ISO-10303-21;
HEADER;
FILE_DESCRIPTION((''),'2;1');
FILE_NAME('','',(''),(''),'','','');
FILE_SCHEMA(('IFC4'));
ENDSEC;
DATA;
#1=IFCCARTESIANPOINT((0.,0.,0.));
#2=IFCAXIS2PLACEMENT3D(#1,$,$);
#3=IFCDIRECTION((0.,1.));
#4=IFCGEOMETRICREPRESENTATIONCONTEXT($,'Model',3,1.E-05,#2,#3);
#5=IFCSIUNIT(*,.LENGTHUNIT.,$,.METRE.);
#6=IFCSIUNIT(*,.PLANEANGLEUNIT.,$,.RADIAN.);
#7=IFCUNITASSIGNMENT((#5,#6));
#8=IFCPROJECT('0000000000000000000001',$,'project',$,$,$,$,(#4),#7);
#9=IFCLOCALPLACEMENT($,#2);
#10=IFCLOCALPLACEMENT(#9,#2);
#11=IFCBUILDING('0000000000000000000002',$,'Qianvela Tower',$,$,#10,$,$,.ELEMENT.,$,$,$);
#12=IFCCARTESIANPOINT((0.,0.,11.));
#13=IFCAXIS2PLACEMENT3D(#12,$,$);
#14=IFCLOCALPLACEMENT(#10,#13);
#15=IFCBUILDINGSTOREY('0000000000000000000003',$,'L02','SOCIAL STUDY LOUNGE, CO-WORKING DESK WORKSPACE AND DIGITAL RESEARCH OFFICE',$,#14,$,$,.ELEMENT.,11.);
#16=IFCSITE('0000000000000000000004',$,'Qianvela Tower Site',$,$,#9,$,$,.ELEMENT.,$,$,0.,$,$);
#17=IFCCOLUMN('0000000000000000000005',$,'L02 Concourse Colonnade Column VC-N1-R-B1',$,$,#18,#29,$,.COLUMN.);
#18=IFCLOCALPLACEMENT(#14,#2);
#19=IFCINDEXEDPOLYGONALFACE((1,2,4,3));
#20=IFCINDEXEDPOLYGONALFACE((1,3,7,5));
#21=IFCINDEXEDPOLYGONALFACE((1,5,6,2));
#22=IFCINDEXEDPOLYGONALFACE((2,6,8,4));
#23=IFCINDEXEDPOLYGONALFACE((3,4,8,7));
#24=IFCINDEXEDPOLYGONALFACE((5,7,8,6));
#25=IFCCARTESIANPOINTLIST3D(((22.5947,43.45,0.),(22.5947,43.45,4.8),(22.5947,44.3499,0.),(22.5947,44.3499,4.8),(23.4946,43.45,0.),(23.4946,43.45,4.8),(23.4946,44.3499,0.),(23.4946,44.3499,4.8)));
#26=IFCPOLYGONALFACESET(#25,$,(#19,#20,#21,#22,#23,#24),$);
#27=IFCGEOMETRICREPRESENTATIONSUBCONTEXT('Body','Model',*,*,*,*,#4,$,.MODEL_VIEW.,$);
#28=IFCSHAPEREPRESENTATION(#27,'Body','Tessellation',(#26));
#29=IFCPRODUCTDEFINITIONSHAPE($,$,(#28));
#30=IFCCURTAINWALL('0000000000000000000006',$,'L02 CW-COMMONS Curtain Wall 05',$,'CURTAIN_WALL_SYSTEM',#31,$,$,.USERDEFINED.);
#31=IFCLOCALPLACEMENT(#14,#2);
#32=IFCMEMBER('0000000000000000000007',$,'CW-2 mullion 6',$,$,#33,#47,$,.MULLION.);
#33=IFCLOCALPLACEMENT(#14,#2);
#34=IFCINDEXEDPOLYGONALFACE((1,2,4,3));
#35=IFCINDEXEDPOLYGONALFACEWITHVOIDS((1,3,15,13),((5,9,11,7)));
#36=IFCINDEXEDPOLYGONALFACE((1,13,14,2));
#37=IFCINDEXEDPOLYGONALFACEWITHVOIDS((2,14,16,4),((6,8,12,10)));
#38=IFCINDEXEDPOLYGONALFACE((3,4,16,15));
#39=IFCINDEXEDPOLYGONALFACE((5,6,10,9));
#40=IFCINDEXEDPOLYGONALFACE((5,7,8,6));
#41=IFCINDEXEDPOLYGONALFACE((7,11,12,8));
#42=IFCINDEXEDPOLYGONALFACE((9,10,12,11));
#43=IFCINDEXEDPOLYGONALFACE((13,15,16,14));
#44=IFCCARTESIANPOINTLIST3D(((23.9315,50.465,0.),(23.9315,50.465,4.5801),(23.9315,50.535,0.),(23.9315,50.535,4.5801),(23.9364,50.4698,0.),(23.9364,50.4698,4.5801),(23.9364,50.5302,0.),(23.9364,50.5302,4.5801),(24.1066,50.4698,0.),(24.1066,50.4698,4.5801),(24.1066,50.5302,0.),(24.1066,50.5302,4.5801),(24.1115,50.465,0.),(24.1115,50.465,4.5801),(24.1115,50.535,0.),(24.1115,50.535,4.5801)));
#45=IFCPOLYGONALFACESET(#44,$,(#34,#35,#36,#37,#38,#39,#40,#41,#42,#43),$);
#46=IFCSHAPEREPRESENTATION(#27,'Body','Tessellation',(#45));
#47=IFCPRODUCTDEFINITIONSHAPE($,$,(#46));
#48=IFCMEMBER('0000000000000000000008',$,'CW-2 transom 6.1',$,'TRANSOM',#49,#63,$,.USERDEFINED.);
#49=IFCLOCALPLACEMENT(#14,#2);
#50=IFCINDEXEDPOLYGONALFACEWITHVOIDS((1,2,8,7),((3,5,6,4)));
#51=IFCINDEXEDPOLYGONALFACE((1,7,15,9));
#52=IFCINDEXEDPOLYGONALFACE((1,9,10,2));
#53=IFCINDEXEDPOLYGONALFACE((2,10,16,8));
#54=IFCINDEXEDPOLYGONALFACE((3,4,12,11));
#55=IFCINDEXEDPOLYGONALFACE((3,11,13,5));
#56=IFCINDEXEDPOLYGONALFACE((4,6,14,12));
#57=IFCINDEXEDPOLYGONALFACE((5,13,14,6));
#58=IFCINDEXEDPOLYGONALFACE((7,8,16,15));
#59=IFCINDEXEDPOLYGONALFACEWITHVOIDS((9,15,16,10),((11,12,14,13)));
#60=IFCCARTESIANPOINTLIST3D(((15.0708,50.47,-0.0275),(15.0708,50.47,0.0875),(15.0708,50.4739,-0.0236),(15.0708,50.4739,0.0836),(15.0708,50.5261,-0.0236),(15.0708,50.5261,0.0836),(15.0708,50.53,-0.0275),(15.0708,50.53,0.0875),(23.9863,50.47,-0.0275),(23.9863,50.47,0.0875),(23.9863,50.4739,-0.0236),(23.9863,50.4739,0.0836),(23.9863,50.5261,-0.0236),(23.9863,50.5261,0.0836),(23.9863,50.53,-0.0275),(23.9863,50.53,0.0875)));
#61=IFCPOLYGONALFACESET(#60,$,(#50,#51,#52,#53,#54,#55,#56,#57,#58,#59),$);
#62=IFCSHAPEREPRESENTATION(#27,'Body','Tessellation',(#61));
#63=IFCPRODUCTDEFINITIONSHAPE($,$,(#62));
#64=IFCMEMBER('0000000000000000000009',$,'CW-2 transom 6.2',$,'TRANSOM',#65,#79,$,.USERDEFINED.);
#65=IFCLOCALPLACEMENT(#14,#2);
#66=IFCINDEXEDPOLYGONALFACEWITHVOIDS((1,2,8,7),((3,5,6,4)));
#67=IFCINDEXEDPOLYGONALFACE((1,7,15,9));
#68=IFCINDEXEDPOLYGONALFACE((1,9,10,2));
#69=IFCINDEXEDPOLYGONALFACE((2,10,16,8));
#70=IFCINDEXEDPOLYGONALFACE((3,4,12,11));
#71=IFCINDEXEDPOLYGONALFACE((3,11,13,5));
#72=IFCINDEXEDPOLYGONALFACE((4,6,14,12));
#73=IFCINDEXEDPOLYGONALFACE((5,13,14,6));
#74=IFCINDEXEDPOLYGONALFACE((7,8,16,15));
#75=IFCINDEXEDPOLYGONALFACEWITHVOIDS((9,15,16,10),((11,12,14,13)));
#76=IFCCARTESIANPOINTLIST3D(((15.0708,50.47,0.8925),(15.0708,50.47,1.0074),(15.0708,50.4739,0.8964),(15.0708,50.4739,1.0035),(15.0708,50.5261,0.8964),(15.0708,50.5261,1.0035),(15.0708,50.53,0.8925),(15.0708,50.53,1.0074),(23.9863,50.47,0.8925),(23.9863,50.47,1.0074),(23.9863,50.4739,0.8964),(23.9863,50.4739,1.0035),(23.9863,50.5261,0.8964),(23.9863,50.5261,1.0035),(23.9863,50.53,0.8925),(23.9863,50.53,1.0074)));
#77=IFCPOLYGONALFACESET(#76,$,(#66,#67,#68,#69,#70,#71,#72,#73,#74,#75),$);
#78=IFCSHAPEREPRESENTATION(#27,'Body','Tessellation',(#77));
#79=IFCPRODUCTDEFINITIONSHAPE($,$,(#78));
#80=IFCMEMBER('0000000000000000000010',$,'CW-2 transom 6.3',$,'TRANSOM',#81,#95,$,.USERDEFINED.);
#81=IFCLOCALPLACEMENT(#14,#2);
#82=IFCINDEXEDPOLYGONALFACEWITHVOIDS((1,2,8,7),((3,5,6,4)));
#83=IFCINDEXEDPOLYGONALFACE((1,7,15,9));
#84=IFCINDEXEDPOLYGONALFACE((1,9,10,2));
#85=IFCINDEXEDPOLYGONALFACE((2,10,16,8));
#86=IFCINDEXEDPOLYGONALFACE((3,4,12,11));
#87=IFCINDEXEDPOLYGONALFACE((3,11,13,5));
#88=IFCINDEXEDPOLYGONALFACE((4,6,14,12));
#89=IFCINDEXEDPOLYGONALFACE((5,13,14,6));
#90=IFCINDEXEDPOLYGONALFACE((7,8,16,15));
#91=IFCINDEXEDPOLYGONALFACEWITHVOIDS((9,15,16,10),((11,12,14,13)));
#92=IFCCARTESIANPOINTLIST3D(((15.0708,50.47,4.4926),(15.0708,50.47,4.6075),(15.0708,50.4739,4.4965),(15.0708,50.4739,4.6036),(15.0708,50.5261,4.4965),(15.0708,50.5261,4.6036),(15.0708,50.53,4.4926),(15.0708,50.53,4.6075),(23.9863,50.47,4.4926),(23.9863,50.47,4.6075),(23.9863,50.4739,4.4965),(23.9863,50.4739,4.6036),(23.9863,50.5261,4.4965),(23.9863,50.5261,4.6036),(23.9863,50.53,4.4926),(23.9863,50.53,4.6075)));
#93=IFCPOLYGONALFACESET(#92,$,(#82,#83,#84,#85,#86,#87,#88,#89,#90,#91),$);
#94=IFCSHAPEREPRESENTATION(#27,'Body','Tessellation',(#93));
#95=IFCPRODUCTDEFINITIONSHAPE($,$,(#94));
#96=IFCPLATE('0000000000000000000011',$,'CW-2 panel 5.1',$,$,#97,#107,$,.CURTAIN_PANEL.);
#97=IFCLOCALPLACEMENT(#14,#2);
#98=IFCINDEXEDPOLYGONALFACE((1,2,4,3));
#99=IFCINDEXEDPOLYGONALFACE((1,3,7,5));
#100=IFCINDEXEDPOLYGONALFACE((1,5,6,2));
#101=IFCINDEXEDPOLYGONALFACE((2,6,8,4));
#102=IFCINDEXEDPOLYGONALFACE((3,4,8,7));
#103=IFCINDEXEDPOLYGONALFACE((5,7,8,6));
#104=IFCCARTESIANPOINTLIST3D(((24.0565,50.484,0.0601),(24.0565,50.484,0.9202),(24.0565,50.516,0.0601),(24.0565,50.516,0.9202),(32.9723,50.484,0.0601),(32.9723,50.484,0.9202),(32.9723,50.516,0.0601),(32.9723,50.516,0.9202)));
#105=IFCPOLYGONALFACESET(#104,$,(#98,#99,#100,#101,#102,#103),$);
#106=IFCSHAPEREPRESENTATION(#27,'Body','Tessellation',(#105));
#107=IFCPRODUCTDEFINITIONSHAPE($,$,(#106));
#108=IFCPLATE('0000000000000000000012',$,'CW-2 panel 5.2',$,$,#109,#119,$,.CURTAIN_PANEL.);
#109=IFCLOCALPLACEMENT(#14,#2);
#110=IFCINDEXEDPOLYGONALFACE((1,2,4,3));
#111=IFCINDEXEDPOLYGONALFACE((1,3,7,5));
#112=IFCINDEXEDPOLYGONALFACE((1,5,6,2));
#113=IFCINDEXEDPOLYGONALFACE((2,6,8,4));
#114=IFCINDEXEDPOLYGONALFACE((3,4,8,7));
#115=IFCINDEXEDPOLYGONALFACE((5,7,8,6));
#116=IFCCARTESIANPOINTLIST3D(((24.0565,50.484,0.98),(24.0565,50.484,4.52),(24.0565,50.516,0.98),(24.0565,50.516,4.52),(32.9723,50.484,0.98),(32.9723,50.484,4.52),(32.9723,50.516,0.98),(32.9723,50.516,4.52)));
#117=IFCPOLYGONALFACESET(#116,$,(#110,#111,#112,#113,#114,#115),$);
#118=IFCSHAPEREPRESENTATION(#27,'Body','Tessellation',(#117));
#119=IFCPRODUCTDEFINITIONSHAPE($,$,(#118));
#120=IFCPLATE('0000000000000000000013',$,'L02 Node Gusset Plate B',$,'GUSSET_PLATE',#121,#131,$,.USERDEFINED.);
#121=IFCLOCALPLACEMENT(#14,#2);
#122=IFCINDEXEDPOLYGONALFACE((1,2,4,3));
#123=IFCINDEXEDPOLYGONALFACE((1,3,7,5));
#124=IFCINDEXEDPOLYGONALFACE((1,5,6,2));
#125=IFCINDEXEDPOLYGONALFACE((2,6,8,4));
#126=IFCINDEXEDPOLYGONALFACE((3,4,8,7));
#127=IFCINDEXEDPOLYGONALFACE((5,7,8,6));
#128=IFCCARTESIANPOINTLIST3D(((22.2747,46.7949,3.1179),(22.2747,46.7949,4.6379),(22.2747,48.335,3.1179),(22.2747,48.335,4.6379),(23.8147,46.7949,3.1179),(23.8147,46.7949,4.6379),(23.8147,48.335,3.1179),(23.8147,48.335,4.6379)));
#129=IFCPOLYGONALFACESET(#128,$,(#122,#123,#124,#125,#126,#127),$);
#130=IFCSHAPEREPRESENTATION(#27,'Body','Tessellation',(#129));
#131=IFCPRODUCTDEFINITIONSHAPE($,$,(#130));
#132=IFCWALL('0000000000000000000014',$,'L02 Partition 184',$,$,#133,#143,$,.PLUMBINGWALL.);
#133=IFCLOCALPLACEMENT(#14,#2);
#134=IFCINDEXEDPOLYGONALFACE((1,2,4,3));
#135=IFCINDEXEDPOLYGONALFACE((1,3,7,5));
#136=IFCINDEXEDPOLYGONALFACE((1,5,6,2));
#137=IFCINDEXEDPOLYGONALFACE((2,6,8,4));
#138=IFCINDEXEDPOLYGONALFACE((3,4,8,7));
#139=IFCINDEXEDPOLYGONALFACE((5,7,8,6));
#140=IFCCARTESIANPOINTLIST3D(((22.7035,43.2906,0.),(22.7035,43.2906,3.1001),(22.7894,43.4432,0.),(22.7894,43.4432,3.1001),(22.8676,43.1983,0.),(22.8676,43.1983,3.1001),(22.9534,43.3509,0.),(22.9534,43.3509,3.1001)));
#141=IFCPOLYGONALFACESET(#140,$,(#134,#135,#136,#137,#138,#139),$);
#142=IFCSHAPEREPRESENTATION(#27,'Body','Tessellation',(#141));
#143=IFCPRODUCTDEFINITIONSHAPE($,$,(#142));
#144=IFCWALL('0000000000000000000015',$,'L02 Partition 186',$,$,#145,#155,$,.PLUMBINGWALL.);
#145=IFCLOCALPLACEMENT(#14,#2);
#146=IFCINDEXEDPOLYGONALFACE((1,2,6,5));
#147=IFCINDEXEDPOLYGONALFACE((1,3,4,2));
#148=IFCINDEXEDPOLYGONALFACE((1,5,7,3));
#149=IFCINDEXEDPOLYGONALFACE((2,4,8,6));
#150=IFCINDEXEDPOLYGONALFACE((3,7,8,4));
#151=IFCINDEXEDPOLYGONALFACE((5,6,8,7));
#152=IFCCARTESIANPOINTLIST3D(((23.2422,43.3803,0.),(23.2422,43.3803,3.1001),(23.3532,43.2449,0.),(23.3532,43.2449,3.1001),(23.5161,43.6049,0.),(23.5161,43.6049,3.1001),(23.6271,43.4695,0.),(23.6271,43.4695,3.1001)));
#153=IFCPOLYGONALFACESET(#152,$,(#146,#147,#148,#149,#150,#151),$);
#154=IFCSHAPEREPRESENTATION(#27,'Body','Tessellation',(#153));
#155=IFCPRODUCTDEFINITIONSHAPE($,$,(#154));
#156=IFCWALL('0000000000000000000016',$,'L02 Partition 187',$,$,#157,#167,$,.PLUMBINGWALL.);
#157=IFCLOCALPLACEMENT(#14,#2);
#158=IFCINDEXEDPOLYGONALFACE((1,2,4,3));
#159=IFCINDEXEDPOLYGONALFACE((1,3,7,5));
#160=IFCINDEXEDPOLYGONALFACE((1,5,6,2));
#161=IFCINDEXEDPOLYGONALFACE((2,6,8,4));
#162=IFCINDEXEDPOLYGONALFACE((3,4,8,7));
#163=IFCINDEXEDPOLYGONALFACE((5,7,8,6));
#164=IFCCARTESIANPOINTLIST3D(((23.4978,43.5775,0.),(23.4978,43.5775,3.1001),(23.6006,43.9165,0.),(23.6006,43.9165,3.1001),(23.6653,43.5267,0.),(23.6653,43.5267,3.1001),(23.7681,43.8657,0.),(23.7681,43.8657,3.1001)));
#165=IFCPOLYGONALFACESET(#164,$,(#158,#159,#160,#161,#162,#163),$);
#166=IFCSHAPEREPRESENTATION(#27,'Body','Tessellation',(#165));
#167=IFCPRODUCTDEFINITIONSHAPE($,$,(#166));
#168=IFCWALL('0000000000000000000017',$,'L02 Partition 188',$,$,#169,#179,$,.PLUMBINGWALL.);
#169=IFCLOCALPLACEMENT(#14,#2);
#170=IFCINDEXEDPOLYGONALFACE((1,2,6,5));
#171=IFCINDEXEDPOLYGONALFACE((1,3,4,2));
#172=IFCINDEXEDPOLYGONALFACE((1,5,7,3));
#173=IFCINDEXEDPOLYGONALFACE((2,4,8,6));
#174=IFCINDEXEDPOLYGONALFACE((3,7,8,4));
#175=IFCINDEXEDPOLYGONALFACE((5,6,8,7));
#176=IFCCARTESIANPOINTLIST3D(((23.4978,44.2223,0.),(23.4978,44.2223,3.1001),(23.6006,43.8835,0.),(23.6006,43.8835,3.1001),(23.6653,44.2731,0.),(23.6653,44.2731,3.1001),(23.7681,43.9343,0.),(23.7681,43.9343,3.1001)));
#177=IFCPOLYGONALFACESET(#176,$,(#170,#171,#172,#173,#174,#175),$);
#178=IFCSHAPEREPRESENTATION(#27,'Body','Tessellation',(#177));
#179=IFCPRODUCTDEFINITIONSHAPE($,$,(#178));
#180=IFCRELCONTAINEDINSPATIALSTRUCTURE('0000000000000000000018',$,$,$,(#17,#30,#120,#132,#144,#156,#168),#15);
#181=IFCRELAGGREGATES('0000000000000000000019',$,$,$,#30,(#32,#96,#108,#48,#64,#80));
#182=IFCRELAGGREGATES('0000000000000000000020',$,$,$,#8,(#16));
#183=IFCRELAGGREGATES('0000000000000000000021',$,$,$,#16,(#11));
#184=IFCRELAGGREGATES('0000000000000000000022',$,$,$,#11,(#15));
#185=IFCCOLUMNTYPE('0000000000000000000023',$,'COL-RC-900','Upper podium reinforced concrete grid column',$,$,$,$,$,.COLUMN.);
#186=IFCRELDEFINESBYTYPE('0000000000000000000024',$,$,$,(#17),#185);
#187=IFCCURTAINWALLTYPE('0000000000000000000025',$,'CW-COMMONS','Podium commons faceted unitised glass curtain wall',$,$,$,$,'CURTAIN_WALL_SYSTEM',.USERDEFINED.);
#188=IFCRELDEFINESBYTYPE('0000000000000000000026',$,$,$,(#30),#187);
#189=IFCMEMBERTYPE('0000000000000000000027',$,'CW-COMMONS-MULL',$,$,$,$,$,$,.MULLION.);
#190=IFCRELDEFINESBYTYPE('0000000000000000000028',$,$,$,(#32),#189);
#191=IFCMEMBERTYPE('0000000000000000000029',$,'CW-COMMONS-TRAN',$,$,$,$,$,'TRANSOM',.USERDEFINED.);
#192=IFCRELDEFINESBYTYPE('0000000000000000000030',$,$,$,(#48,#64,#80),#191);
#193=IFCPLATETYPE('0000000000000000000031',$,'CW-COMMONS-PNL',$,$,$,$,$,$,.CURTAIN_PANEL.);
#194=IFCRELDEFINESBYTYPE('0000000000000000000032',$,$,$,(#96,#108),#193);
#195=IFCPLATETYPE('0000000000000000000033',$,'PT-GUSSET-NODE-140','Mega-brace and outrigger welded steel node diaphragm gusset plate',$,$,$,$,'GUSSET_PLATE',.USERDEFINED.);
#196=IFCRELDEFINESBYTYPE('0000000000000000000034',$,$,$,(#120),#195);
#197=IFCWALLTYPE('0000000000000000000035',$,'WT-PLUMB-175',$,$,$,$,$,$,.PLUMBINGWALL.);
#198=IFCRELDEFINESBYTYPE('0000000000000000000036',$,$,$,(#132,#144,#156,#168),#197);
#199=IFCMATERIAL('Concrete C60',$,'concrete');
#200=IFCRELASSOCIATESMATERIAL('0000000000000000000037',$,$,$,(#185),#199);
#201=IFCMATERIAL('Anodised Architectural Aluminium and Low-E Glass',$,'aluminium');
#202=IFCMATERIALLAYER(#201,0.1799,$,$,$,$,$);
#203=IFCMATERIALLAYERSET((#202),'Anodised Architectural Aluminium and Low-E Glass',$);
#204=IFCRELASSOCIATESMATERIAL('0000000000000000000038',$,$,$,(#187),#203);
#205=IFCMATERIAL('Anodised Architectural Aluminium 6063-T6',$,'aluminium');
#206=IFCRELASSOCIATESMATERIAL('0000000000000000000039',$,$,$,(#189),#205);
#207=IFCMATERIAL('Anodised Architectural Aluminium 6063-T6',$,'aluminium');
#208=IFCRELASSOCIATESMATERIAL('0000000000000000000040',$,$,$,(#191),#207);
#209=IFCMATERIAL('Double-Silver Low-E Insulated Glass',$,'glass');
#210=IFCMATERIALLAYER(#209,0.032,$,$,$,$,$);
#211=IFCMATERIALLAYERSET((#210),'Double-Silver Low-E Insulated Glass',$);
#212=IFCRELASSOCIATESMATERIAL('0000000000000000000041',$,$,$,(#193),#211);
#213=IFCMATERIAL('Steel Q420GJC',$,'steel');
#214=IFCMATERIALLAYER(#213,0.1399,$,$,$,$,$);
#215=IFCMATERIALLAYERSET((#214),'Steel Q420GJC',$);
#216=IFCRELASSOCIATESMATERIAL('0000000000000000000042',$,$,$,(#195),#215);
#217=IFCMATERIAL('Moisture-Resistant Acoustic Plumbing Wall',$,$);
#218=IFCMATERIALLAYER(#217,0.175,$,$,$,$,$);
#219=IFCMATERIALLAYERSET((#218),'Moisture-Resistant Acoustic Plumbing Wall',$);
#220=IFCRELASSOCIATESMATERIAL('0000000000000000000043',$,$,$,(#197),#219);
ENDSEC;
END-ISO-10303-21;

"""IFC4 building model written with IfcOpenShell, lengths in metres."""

from ifc_helpers import new_model, si_unit, direction, frame, frame_2d, origin, origin_2d, place, context, subcontext, project, spatial, rectangle, hollow_rectangle, extrude, material, layer, layer_set, material_profile, profile_set, type_object, element, aggregate, save


model = new_model("IFC4")

# Units and contexts
model_context = context("Model", 3, precision=1e-05, world=origin(), true_north=direction((0.0, 1.0)))
body_context = subcontext(model_context, "Body", "Model", "MODEL_VIEW")
ifc_project = project(units=[si_unit("LENGTHUNIT", "METRE"), si_unit("PLANEANGLEUNIT", "RADIAN")], contexts=[model_context])

# Site, building, storey
site_placement = place(None, origin())
site = spatial("IfcSite", under=ifc_project, at=site_placement, Name="Qianvela Tower Site", CompositionType="ELEMENT", RefElevation=0.0)
building_placement = place(site_placement, origin())
building = spatial("IfcBuilding", under=site, at=building_placement, Name="Qianvela Tower", CompositionType="ELEMENT")
storey_placement = place(building_placement, frame((0.0, 0.0, 11.0)))
storey = spatial("IfcBuildingStorey", under=building, at=storey_placement, Name="L02", Description="SOCIAL STUDY LOUNGE, CO-WORKING DESK WORKSPACE AND DIGITAL RESEARCH OFFICE", CompositionType="ELEMENT", Elevation=11.0)

# Column
ifc_material_1 = material(Name="Concrete C60", Category="concrete")
ifc_material_profile_1 = material_profile(ifc_material_1, rectangle(XDim=0.8999, YDim=0.8999, at=origin_2d()), Name="RC-COL-900x900")
ifc_profile_set_1 = profile_set([ifc_material_profile_1], Name="Concrete C60")
column_type = type_object("IfcColumnType", Name="COL-RC-900", Description="Upper podium reinforced concrete grid column", PredefinedType="COLUMN", material=ifc_profile_set_1)
column_placement = place(storey_placement, frame((23.0447, 43.8999, 0.0), z_axis=(0.0, 0.0, 1.0), x_axis=(1.0, 0.0, 0.0)))
element("IfcColumn", 1, at=column_placement, inside=storey, type_object=column_type, Name="L02 Concourse Colonnade Column VC-N1-R-B1", PredefinedType="COLUMN", context=body_context, shape_type="SweptSolid", body=[
    extrude(rectangle(XDim=0.8999, YDim=0.8999, at=origin_2d()), origin(), (0.0, 0.0, 1.0), 4.8),
])

# Curtain wall, members, plates
ifc_material_2 = material(Name="Anodised Architectural Aluminium and Low-E Glass", Category="aluminium")
ifc_layer_1 = layer(ifc_material_2, 0.1799)
ifc_layer_set_1 = layer_set([ifc_layer_1], Name="Anodised Architectural Aluminium and Low-E Glass")
curtain_wall_type = type_object("IfcCurtainWallType", Name="CW-COMMONS", Description="Podium commons faceted unitised glass curtain wall", ElementType="CURTAIN_WALL_SYSTEM", PredefinedType="USERDEFINED", material=ifc_layer_set_1)
curtain_wall_placement = place(storey_placement, origin())
curtain_wall = element("IfcCurtainWall", 2, at=curtain_wall_placement, inside=storey, type_object=curtain_wall_type, Name="L02 CW-COMMONS Curtain Wall 05", ObjectType="CURTAIN_WALL_SYSTEM", PredefinedType="USERDEFINED")
ifc_material_3 = material(Name="Anodised Architectural Aluminium 6063-T6", Category="aluminium")
ifc_material_profile_2 = material_profile(ifc_material_3, hollow_rectangle(XDim=0.0701, YDim=0.1799, WallThickness=0.0049, at=origin_2d()), Name="ALU-MULL-70x180")
ifc_profile_set_2 = profile_set([ifc_material_profile_2], Name="Anodised Architectural Aluminium 6063-T6")
member_type_1 = type_object("IfcMemberType", Name="CW-COMMONS-MULL", PredefinedType="MULLION", material=ifc_profile_set_2)
member_1_placement = place(storey_placement, frame((24.0215, 50.5, 0.0), z_axis=(0.0, 0.0, 1.0), x_axis=(0.0, -1.0, 0.0)))
member_1 = element("IfcMember", 3, at=member_1_placement, type_object=member_type_1, Name="CW-2 mullion 6", PredefinedType="MULLION", context=body_context, shape_type="SweptSolid", body=[
    extrude(hollow_rectangle(XDim=0.0701, YDim=0.1799, WallThickness=0.0049, at=origin_2d()), origin(), (0.0, 0.0, 1.0), 4.5801),
])
ifc_material_4 = material(Name="Anodised Architectural Aluminium 6063-T6", Category="aluminium")
ifc_material_profile_3 = material_profile(ifc_material_4, hollow_rectangle(XDim=0.0601, YDim=0.115, WallThickness=0.0039, at=origin_2d()), Name="ALU-TRAN-60x115")
ifc_profile_set_3 = profile_set([ifc_material_profile_3], Name="Anodised Architectural Aluminium 6063-T6")
member_type_2 = type_object("IfcMemberType", Name="CW-COMMONS-TRAN", ElementType="TRANSOM", PredefinedType="USERDEFINED", material=ifc_profile_set_3)
member_2_placement = place(storey_placement, frame((23.9863, 50.5, 0.03), z_axis=(-1.0, 0.0, 0.0), x_axis=(0.0, -1.0, 0.0)))
member_2 = element("IfcMember", 4, at=member_2_placement, type_object=member_type_2, Name="CW-2 transom 6.1", ObjectType="TRANSOM", PredefinedType="USERDEFINED", context=body_context, shape_type="SweptSolid", body=[
    extrude(hollow_rectangle(XDim=0.0601, YDim=0.115, WallThickness=0.0039, at=origin_2d()), origin(), (0.0, 0.0, 1.0), 8.9155),
])
member_3_placement = place(storey_placement, frame((23.9863, 50.5, 0.95), z_axis=(-1.0, 0.0, 0.0), x_axis=(0.0, -1.0, 0.0)))
member_3 = element("IfcMember", 5, at=member_3_placement, type_object=member_type_2, Name="CW-2 transom 6.2", ObjectType="TRANSOM", PredefinedType="USERDEFINED", context=body_context, shape_type="SweptSolid", body=[
    extrude(hollow_rectangle(XDim=0.0601, YDim=0.115, WallThickness=0.0039, at=origin_2d()), origin(), (0.0, 0.0, 1.0), 8.9155),
])
member_4_placement = place(storey_placement, frame((23.9863, 50.5, 4.55), z_axis=(-1.0, 0.0, 0.0), x_axis=(0.0, -1.0, 0.0)))
member_4 = element("IfcMember", 6, at=member_4_placement, type_object=member_type_2, Name="CW-2 transom 6.3", ObjectType="TRANSOM", PredefinedType="USERDEFINED", context=body_context, shape_type="SweptSolid", body=[
    extrude(hollow_rectangle(XDim=0.0601, YDim=0.115, WallThickness=0.0039, at=origin_2d()), origin(), (0.0, 0.0, 1.0), 8.9155),
])
ifc_material_5 = material(Name="Double-Silver Low-E Insulated Glass", Category="glass")
ifc_layer_2 = layer(ifc_material_5, 0.032)
ifc_layer_set_2 = layer_set([ifc_layer_2], Name="Double-Silver Low-E Insulated Glass")
plate_type_1 = type_object("IfcPlateType", Name="CW-COMMONS-PNL", PredefinedType="CURTAIN_PANEL", material=ifc_layer_set_2)
plate_1_placement = place(storey_placement, frame((28.5144, 50.5, 0.0601), z_axis=(0.0, 0.0, 1.0), x_axis=(-1.0, 0.0, 0.0)))
plate_1 = element("IfcPlate", 7, at=plate_1_placement, type_object=plate_type_1, Name="CW-2 panel 5.1", PredefinedType="CURTAIN_PANEL", context=body_context, shape_type="SweptSolid", body=[
    extrude(rectangle(XDim=8.9158, YDim=0.032, at=origin_2d()), origin(), (0.0, 0.0, 1.0), 0.8601),
])
plate_2_placement = place(storey_placement, frame((28.5144, 50.5, 0.98), z_axis=(0.0, 0.0, 1.0), x_axis=(-1.0, 0.0, 0.0)))
plate_2 = element("IfcPlate", 8, at=plate_2_placement, type_object=plate_type_1, Name="CW-2 panel 5.2", PredefinedType="CURTAIN_PANEL", context=body_context, shape_type="SweptSolid", body=[
    extrude(rectangle(XDim=8.9158, YDim=0.032, at=origin_2d()), origin(), (0.0, 0.0, 1.0), 3.54),
])
aggregate(curtain_wall, [member_1, plate_1, plate_2, member_2, member_3, member_4])

# Plate
ifc_material_6 = material(Name="Steel Q420GJC", Category="steel")
ifc_layer_3 = layer(ifc_material_6, 0.1399)
ifc_layer_set_3 = layer_set([ifc_layer_3], Name="Steel Q420GJC")
plate_type_2 = type_object("IfcPlateType", Name="PT-GUSSET-NODE-140", Description="Mega-brace and outrigger welded steel node diaphragm gusset plate", ElementType="GUSSET_PLATE", PredefinedType="USERDEFINED", material=ifc_layer_set_3)
plate_3_placement = place(storey_placement, frame((23.0447, 47.5649, 3.1179), z_axis=(0.0, 0.0, 1.0), x_axis=(1.0, 0.0, 0.0)))
element("IfcPlate", 9, at=plate_3_placement, inside=storey, type_object=plate_type_2, Name="L02 Node Gusset Plate B", ObjectType="GUSSET_PLATE", PredefinedType="USERDEFINED", context=body_context, shape_type="SweptSolid", body=[
    extrude(rectangle(XDim=1.54, YDim=1.54, at=origin_2d()), origin(), (0.0, 0.0, 1.0), 1.52),
])

# Walls
ifc_material_7 = material(Name="Moisture-Resistant Acoustic Plumbing Wall")
ifc_layer_4 = layer(ifc_material_7, 0.175)
ifc_layer_set_4 = layer_set([ifc_layer_4], Name="Moisture-Resistant Acoustic Plumbing Wall")
wall_type = type_object("IfcWallType", Name="WT-PLUMB-175", PredefinedType="PLUMBINGWALL", material=ifc_layer_set_4)
wall_1_placement = place(storey_placement, frame((22.7463, 43.3669, 0.0), z_axis=(0.0, 0.0, 1.0), x_axis=(0.871576, -0.490261, 0.0)))
element("IfcWall", 10, at=wall_1_placement, inside=storey, type_object=wall_type, Name="L02 Partition 184", PredefinedType="PLUMBINGWALL", context=body_context, shape_type="SweptSolid", body=[
    extrude(rectangle(XDim=0.1882, YDim=0.175, at=frame_2d((0.0942, 0.0))), origin(), (0.0, 0.0, 1.0), 3.1001),
])
for number, where, z_axis, x_axis, name in (
    (11, (23.2976, 43.3125, 0.0), (0.0, 0.0, 1.0), (0.773281, 0.634063, 0.0), "L02 Partition 186"),
    (12, (23.5815, 43.552, 0.0), (0.0, 0.0, 1.0), (0.290065, 0.957007, 0.0), "L02 Partition 187"),
):
    element("IfcWall", number, at=place(storey_placement, frame(where, z_axis=z_axis, x_axis=x_axis)), inside=storey, type_object=wall_type, Name=name, PredefinedType="PLUMBINGWALL", context=body_context, shape_type="SweptSolid", body=[
        extrude(rectangle(XDim=0.3542, YDim=0.175, at=frame_2d((0.1772, 0.0))), origin(), (0.0, 0.0, 1.0), 3.1001),
    ])
wall_2_placement = place(storey_placement, frame((23.6843, 43.9089, 0.0), z_axis=(0.0, 0.0, 1.0), x_axis=(-0.290256, 0.956949, 0.0)))
element("IfcWall", 13, at=wall_2_placement, inside=storey, type_object=wall_type, Name="L02 Partition 188", PredefinedType="PLUMBINGWALL", context=body_context, shape_type="SweptSolid", body=[
    extrude(rectangle(XDim=0.354, YDim=0.175, at=frame_2d((0.177, 0.0))), origin(), (0.0, 0.0, 1.0), 3.1001),
])

save(model, "model.ifc")
